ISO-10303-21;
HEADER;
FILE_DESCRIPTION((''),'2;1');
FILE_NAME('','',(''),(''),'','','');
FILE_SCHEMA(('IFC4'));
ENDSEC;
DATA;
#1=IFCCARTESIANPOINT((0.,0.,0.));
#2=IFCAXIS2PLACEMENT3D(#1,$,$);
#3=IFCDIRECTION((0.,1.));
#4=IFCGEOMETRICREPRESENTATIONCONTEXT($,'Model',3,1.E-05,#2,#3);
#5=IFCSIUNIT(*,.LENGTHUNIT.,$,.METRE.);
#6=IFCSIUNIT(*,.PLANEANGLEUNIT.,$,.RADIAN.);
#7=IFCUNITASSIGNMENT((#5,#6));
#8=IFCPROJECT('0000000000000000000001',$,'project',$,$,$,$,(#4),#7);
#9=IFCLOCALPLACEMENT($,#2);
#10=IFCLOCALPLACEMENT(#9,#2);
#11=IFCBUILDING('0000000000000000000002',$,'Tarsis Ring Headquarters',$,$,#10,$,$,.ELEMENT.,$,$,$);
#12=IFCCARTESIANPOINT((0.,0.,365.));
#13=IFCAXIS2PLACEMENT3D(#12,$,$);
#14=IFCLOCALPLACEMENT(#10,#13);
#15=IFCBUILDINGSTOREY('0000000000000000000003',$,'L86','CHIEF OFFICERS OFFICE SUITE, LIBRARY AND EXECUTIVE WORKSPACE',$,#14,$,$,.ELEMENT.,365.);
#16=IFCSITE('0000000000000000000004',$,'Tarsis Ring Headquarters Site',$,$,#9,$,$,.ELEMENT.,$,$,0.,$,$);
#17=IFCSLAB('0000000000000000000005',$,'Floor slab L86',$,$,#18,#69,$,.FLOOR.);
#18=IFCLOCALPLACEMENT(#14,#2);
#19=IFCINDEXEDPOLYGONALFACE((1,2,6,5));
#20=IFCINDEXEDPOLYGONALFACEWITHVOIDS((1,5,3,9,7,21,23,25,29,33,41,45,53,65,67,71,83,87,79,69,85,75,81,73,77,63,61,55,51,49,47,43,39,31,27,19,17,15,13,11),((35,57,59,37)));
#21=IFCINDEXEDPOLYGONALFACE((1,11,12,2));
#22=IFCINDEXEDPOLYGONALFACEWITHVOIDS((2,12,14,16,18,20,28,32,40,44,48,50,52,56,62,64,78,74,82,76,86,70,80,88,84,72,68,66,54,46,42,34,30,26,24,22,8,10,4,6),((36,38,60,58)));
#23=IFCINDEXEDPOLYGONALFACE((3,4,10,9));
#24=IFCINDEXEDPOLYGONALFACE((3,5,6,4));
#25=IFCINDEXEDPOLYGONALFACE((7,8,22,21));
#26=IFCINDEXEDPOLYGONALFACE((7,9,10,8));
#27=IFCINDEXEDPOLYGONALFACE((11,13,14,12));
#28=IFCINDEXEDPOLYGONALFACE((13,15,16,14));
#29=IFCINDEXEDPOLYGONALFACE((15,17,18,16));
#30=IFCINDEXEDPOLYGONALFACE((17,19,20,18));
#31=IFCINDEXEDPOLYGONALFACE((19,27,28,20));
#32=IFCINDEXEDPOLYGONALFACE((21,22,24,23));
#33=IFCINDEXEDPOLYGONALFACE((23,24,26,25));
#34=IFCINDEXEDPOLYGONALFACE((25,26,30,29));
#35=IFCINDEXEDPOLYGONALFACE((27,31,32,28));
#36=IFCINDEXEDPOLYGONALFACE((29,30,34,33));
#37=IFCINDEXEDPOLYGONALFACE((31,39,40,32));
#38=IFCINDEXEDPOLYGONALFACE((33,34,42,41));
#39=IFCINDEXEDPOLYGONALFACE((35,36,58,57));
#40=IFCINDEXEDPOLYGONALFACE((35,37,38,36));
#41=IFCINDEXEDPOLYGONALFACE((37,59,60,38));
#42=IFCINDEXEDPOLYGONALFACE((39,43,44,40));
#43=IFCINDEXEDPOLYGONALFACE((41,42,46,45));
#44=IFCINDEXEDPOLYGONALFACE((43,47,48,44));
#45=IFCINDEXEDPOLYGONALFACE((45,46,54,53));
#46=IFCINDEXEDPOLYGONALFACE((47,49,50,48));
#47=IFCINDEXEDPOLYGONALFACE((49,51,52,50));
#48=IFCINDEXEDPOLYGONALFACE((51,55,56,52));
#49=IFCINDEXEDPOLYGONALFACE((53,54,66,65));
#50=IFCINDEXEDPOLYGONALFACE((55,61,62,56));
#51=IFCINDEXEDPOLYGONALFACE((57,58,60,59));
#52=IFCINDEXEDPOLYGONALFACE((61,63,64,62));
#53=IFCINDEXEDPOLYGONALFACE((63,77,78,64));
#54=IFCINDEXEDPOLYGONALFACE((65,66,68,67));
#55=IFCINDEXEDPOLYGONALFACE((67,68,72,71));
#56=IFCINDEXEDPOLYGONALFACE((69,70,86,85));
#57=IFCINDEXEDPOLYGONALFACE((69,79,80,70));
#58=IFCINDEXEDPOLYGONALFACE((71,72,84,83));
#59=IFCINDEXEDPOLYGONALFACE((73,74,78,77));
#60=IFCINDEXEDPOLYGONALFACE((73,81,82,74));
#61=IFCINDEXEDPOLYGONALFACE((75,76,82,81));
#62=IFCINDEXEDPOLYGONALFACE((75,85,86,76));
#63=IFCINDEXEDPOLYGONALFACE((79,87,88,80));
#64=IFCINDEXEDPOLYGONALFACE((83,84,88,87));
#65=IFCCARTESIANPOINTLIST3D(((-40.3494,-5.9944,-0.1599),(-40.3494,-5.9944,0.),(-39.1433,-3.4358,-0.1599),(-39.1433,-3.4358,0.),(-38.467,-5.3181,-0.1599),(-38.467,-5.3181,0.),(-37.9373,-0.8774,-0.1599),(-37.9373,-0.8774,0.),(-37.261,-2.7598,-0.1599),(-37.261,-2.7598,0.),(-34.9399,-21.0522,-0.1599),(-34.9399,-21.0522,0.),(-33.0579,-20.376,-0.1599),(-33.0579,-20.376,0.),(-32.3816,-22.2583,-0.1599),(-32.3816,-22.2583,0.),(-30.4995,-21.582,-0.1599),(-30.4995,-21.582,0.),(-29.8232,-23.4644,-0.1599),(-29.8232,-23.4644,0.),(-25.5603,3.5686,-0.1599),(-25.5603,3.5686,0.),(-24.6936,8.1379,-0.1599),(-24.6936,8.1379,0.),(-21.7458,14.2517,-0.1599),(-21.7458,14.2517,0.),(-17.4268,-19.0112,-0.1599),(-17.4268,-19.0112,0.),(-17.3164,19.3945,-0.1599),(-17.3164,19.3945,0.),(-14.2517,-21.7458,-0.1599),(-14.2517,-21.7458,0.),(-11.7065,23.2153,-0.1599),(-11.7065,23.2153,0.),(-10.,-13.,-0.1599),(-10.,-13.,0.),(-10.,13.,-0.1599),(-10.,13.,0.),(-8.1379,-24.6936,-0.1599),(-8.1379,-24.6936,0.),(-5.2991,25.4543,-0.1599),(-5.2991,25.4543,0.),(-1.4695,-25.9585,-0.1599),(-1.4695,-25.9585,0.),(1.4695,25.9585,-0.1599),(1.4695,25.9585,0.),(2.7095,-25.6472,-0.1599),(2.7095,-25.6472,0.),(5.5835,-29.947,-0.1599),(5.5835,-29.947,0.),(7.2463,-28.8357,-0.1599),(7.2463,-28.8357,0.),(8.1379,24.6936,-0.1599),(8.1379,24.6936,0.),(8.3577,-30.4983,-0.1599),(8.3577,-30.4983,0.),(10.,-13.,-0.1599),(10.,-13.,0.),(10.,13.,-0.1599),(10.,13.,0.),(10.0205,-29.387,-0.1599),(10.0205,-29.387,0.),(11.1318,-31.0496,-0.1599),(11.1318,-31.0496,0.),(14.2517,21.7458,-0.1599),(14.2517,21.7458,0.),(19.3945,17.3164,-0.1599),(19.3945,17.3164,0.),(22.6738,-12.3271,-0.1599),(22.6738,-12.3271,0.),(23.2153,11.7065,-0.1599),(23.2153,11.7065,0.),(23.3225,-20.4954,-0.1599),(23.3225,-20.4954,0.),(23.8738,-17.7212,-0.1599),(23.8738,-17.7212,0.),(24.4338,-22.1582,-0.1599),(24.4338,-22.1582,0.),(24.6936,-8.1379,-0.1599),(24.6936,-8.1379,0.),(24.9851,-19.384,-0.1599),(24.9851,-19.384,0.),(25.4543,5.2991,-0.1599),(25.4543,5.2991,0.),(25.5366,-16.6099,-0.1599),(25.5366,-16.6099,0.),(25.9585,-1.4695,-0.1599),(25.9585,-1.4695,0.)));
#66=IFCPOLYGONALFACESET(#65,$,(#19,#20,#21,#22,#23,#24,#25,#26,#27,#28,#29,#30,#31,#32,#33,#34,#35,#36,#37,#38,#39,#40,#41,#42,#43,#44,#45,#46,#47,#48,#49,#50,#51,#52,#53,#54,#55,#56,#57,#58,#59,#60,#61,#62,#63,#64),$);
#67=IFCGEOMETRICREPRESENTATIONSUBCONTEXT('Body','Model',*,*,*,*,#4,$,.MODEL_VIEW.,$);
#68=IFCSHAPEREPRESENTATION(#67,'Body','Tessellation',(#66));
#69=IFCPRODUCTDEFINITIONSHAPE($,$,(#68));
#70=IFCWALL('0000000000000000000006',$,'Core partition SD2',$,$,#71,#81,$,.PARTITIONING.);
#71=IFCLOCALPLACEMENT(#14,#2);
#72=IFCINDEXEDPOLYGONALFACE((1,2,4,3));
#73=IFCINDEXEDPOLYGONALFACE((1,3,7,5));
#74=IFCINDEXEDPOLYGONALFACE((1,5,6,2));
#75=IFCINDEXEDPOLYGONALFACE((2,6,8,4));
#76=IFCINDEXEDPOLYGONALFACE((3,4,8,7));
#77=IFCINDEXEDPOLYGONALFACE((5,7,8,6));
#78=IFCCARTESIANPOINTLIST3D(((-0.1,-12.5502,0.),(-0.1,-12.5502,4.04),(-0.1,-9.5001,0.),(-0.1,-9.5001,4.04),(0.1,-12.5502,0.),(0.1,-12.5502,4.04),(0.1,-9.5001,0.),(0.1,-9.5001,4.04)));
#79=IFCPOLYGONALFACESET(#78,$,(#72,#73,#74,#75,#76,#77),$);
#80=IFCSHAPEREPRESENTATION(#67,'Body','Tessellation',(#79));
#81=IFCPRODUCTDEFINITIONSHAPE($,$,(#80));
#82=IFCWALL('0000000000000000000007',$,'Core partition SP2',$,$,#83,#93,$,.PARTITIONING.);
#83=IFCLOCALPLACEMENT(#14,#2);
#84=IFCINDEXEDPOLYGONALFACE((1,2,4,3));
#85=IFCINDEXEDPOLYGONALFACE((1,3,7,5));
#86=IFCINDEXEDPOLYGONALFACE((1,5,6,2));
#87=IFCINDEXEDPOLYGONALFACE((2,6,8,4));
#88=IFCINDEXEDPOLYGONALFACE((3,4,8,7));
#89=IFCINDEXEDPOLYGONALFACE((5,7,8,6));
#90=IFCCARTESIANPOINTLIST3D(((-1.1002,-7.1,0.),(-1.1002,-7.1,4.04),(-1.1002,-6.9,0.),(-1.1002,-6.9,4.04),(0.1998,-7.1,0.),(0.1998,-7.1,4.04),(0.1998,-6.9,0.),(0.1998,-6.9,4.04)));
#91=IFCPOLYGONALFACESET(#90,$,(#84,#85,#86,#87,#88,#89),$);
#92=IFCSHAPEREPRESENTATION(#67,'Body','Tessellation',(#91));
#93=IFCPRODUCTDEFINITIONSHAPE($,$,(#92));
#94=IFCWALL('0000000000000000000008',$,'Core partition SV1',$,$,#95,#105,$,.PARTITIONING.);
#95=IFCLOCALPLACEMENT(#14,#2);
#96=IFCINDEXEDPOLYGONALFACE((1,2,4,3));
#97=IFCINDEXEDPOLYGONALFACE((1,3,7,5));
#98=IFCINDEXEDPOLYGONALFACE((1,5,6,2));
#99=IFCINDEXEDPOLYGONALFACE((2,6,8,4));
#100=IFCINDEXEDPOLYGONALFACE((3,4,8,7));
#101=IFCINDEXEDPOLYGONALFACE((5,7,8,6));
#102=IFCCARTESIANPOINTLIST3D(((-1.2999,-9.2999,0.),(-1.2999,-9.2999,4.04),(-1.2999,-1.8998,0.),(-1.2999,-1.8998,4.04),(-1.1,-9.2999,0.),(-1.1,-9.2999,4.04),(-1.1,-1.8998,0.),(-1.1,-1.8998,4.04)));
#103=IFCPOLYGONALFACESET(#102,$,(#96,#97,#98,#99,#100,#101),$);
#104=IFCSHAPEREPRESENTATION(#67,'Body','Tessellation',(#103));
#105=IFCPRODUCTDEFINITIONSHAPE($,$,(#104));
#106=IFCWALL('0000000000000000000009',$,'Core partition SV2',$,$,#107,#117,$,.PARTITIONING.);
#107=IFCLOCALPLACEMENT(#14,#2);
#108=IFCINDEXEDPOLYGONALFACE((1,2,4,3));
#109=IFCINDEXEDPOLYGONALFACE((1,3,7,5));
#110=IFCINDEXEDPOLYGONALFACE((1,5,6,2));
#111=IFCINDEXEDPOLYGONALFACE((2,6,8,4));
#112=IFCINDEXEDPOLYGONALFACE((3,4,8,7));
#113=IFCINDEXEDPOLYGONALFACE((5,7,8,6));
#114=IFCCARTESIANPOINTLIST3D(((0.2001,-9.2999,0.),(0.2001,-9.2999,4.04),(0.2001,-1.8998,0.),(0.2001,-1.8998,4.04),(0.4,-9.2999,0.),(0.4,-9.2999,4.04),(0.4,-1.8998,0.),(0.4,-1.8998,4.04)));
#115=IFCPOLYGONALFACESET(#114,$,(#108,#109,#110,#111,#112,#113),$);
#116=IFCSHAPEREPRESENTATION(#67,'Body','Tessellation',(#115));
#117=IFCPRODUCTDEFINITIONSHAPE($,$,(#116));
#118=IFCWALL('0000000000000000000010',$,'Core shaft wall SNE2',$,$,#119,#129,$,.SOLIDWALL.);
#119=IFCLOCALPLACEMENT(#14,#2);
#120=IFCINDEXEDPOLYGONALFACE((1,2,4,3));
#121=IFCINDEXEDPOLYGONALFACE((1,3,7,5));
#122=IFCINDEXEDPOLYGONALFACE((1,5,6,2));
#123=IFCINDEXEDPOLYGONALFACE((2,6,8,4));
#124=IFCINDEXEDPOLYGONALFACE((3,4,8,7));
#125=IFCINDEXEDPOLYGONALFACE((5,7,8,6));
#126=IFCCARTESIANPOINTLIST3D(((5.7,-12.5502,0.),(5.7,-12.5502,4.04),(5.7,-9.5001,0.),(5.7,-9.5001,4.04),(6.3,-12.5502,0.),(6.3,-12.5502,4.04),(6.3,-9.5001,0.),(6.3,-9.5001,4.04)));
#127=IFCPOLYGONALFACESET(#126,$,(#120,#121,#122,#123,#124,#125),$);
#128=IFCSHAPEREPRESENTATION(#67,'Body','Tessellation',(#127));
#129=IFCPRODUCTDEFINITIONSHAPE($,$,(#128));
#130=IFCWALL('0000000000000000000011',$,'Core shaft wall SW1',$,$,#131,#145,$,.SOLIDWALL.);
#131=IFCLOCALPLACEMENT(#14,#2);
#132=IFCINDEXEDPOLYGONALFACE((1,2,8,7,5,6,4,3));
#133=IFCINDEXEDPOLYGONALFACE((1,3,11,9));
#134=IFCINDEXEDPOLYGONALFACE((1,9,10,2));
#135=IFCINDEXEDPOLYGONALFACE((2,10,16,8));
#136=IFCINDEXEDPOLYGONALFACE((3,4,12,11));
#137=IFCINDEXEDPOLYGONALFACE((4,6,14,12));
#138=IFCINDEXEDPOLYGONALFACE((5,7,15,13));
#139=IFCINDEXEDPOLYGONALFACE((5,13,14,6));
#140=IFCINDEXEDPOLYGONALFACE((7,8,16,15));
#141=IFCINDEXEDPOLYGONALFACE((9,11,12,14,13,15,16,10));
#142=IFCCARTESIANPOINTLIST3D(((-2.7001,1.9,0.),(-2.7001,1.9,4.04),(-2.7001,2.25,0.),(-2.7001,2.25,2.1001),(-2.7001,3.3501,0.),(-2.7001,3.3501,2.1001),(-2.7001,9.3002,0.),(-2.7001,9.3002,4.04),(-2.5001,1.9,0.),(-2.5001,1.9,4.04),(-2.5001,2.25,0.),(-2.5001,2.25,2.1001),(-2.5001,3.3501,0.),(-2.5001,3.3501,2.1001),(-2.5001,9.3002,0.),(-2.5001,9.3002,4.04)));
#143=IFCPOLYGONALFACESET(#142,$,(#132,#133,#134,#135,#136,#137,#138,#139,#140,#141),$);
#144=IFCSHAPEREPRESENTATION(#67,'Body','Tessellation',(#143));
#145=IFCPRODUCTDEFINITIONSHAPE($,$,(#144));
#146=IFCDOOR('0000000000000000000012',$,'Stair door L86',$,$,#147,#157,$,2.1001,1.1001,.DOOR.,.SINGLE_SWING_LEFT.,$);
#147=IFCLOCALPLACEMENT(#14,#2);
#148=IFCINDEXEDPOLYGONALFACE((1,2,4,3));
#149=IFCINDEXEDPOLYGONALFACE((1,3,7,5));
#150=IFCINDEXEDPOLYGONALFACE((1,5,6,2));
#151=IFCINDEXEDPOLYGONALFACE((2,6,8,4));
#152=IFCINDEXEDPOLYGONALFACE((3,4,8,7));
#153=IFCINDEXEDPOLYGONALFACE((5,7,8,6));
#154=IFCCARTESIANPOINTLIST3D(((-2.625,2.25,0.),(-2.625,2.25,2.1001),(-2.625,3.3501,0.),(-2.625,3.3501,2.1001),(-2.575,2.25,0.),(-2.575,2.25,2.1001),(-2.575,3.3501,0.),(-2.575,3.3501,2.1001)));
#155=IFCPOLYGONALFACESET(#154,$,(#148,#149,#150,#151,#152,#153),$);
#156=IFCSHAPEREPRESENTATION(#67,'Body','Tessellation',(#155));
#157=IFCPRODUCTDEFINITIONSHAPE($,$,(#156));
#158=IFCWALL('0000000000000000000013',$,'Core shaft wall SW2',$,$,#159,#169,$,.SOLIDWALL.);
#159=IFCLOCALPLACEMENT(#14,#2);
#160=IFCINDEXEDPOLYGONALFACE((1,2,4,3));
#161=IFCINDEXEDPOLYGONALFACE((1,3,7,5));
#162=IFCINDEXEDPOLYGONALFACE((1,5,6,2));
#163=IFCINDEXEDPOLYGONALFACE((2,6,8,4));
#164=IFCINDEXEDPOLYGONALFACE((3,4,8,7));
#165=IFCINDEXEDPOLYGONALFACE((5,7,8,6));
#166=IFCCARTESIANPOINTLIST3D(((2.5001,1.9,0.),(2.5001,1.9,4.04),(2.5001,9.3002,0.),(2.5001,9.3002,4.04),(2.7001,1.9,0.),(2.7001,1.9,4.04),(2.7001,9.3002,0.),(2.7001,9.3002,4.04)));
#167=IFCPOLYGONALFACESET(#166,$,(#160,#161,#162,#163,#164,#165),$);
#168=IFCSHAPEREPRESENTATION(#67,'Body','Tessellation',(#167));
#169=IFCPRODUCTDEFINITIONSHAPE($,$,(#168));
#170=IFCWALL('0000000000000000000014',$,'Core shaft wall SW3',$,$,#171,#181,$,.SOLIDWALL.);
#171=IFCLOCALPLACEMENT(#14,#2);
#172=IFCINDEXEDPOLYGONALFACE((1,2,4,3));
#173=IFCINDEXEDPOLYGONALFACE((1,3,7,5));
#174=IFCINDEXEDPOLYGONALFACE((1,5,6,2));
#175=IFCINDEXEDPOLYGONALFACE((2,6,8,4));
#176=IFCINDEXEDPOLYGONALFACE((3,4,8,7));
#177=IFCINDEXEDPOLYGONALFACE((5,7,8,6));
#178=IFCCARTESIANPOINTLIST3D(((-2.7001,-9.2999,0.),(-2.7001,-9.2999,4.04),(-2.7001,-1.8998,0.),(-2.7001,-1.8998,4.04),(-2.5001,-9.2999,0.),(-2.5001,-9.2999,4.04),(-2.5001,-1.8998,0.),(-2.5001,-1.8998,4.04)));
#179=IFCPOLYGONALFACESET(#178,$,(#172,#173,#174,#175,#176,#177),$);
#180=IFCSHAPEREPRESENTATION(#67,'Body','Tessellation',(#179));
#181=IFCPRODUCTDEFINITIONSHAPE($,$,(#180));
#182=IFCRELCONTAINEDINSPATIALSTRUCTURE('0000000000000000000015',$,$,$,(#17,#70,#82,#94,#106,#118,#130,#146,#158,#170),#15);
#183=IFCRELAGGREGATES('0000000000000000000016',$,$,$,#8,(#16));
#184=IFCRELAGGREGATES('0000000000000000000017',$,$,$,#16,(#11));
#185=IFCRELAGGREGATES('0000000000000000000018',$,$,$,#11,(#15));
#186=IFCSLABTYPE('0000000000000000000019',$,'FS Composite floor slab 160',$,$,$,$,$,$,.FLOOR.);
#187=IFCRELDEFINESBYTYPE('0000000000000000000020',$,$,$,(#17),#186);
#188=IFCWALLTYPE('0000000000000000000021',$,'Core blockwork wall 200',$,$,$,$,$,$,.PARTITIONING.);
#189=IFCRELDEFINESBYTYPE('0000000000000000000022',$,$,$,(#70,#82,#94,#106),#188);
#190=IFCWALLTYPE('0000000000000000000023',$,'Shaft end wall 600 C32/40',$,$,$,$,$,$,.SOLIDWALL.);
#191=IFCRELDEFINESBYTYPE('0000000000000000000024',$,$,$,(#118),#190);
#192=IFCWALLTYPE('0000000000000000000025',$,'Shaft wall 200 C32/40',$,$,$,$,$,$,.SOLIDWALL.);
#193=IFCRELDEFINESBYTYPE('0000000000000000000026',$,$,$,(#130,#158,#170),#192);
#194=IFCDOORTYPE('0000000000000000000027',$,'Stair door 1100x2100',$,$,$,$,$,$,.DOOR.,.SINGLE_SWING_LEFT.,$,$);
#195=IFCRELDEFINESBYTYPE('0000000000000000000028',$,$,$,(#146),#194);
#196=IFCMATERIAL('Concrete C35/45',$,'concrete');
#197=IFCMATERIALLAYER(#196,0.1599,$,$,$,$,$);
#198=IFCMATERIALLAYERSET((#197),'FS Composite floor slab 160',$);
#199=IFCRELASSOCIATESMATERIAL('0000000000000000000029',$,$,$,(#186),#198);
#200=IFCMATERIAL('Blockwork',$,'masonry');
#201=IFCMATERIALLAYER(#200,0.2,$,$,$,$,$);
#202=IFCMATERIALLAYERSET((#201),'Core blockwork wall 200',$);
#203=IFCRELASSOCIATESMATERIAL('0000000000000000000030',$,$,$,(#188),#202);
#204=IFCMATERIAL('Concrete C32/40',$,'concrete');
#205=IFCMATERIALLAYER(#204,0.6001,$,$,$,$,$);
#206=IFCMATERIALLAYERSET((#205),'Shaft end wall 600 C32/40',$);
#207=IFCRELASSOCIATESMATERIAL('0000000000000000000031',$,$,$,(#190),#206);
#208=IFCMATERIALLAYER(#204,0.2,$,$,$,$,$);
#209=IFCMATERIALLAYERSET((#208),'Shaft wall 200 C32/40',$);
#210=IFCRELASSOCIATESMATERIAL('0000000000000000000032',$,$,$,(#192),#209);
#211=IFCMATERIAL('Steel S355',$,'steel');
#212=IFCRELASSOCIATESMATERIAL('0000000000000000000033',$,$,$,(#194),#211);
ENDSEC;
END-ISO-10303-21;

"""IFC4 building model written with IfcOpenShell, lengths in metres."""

from ifc_helpers import new_model, si_unit, direction, frame, frame_2d, origin, place, context, subcontext, project, spatial, polyline, rectangle, outline, extrude, material, layer, layer_set, type_object, element, fill, save


model = new_model("IFC4")

# Units and contexts
model_context = context("Model", 3, precision=1e-05, world=origin(), true_north=direction((0.0, 1.0)))
body_context = subcontext(model_context, "Body", "Model", "MODEL_VIEW")
ifc_project = project(units=[si_unit("LENGTHUNIT", "METRE"), si_unit("PLANEANGLEUNIT", "RADIAN")], contexts=[model_context])

# Site, building, storey
site_placement = place(None, origin())
site = spatial("IfcSite", under=ifc_project, at=site_placement, Name="Tarsis Ring Headquarters Site", CompositionType="ELEMENT", RefElevation=0.0)
building_placement = place(site_placement, origin())
building = spatial("IfcBuilding", under=site, at=building_placement, Name="Tarsis Ring Headquarters", CompositionType="ELEMENT")
storey_placement = place(building_placement, frame((0.0, 0.0, 365.0)))
storey = spatial("IfcBuildingStorey", under=building, at=storey_placement, Name="L86", Description="CHIEF OFFICERS OFFICE SUITE, LIBRARY AND EXECUTIVE WORKSPACE", CompositionType="ELEMENT", Elevation=365.0)

# Slab
ifc_material_1 = material(Name="Concrete C35/45", Category="concrete")
ifc_layer_1 = layer(ifc_material_1, 0.1599)
ifc_layer_set_1 = layer_set([ifc_layer_1], Name="FS Composite floor slab 160")
slab_type_1 = type_object("IfcSlabType", Name="FS Composite floor slab 160", PredefinedType="FLOOR", material=ifc_layer_set_1)
slab_1_placement = place(storey_placement, frame((0.0, 0.0, -0.1599)))
element("IfcSlab", 1, at=slab_1_placement, inside=storey, type_object=slab_type_1, Name="Floor slab L86", PredefinedType="FLOOR", context=body_context, shape_type="SweptSolid", body=[
    extrude(outline(polyline([(-17.4268, -19.0112), (-14.2517, -21.7458), (-8.1379, -24.6936), (-1.4695, -25.9585), (2.7095, -25.6472), (5.5835, -29.947), (7.2463, -28.8357), (8.3577, -30.4983), (10.0205, -29.387), (11.1318, -31.0496), (24.4338, -22.1582), (23.3225, -20.4954), (24.9851, -19.384), (23.8738, -17.7212), (25.5366, -16.6099), (22.6738, -12.3271), (24.6936, -8.1379), (25.9585, -1.4695), (25.4543, 5.2991), (23.2153, 11.7065), (19.3945, 17.3164), (14.2517, 21.7458), (8.1379, 24.6936), (1.4695, 25.9585), (-5.2991, 25.4543), (-11.7065, 23.2153), (-17.3164, 19.3945), (-21.7458, 14.2517), (-24.6936, 8.1379), (-25.5603, 3.5686), (-37.9373, -0.8774), (-37.261, -2.7598), (-39.1433, -3.4358), (-38.467, -5.3181), (-40.3494, -5.9944), (-34.9399, -21.0522), (-33.0579, -20.376), (-32.3816, -22.2583), (-30.4995, -21.582), (-29.8232, -23.4644), (-17.4268, -19.0112)]), holes=[polyline([(-10.0, -13.0), (-10.0, 13.0), (10.0, 13.0), (10.0, -13.0), (-10.0, -13.0)])]), origin(), (0.0, 0.0, 1.0), 0.1599),
])

# Walls
ifc_material_2 = material(Name="Blockwork", Category="masonry")
ifc_layer_2 = layer(ifc_material_2, 0.2)
ifc_layer_set_2 = layer_set([ifc_layer_2], Name="Core blockwork wall 200")
wall_type_1 = type_object("IfcWallType", Name="Core blockwork wall 200", PredefinedType="PARTITIONING", material=ifc_layer_set_2)
wall_1_placement = place(storey_placement, frame((0.0, -12.55, 0.0), z_axis=(0.0, 0.0, 1.0), x_axis=(0.0, 1.0, 0.0)))
element("IfcWall", 2, at=wall_1_placement, inside=storey, type_object=wall_type_1, Name="Core partition SD2", PredefinedType="PARTITIONING", context=body_context, shape_type="SweptSolid", body=[
    extrude(rectangle(XDim=3.05, YDim=0.2, at=frame_2d((1.5249, 0.0))), origin(), (0.0, 0.0, 1.0), 4.04),
])
wall_2_placement = place(storey_placement, frame((-1.1001, -7.0, 0.0), z_axis=(0.0, 0.0, 1.0), x_axis=(1.0, 0.0, 0.0)))
element("IfcWall", 3, at=wall_2_placement, inside=storey, type_object=wall_type_1, Name="Core partition SP2", PredefinedType="PARTITIONING", context=body_context, shape_type="SweptSolid", body=[
    extrude(rectangle(XDim=1.3, YDim=0.2, at=frame_2d((0.6499, 0.0))), origin(), (0.0, 0.0, 1.0), 4.04),
])
for number, where, z_axis, x_axis, name in (
    (4, (-1.2, -9.3, 0.0), (0.0, 0.0, 1.0), (0.0, 1.0, 0.0), "Core partition SV1"),
    (5, (0.3, -9.3, 0.0), (0.0, 0.0, 1.0), (0.0, 1.0, 0.0), "Core partition SV2"),
):
    element("IfcWall", number, at=place(storey_placement, frame(where, z_axis=z_axis, x_axis=x_axis)), inside=storey, type_object=wall_type_1, Name=name, PredefinedType="PARTITIONING", context=body_context, shape_type="SweptSolid", body=[
        extrude(rectangle(XDim=7.4001, YDim=0.2, at=frame_2d((3.7002, 0.0))), origin(), (0.0, 0.0, 1.0), 4.04),
    ])
ifc_material_3 = material(Name="Concrete C32/40", Category="concrete")
ifc_layer_3 = layer(ifc_material_3, 0.6001)
ifc_layer_set_3 = layer_set([ifc_layer_3], Name="Shaft end wall 600 C32/40")
wall_type_2 = type_object("IfcWallType", Name="Shaft end wall 600 C32/40", PredefinedType="SOLIDWALL", material=ifc_layer_set_3)
wall_3_placement = place(storey_placement, frame((6.0, -12.55, 0.0), z_axis=(0.0, 0.0, 1.0), x_axis=(0.0, 1.0, 0.0)))
element("IfcWall", 6, at=wall_3_placement, inside=storey, type_object=wall_type_2, Name="Core shaft wall SNE2", PredefinedType="SOLIDWALL", context=body_context, shape_type="SweptSolid", body=[
    extrude(rectangle(XDim=3.05, YDim=0.6001, at=frame_2d((1.5249, 0.0))), origin(), (0.0, 0.0, 1.0), 4.04),
])

# Wall, opening, door
ifc_layer_4 = layer(ifc_material_3, 0.2)
ifc_layer_set_4 = layer_set([ifc_layer_4], Name="Shaft wall 200 C32/40")
wall_type_3 = type_object("IfcWallType", Name="Shaft wall 200 C32/40", PredefinedType="SOLIDWALL", material=ifc_layer_set_4)
wall_4_placement = place(storey_placement, frame((-2.6001, 1.8999, 0.0), z_axis=(0.0, 0.0, 1.0), x_axis=(0.0, 1.0, 0.0)))
wall_4 = element("IfcWall", 7, at=wall_4_placement, inside=storey, type_object=wall_type_3, Name="Core shaft wall SW1", PredefinedType="SOLIDWALL", context=body_context, shape_type="SweptSolid", body=[
    extrude(rectangle(XDim=7.4001, YDim=0.2, at=frame_2d((3.7002, 0.0))), origin(), (0.0, 0.0, 1.0), 4.04),
])
opening_placement = place(wall_4_placement, frame((0.3501, 0.0, 0.0)))
opening = element("IfcOpeningElement", 8, at=opening_placement, cuts=wall_4, PredefinedType="OPENING", context=body_context, shape_type="SweptSolid", body=[
    extrude(rectangle(XDim=1.1001, YDim=2.1001, at=frame_2d((0.55, 1.05))), frame((0.0, 0.1099, 0.0), z_axis=(0.0, -1.0, 0.0), x_axis=(1.0, 0.0, 0.0)), (0.0, 0.0, 1.0), 0.22),
])
ifc_material_4 = material(Name="Steel S355", Category="steel")
door_type = type_object("IfcDoorType", Name="Stair door 1100x2100", OperationType="SINGLE_SWING_LEFT", PredefinedType="DOOR", material=ifc_material_4)
door_placement = place(opening_placement, origin())
door = element("IfcDoor", 9, at=door_placement, inside=storey, type_object=door_type, Name="Stair door L86", OperationType="SINGLE_SWING_LEFT", OverallHeight=2.1001, OverallWidth=1.1001, PredefinedType="DOOR", context=body_context, shape_type="SweptSolid", body=[
    extrude(rectangle(XDim=1.1001, YDim=2.1001, at=frame_2d((0.55, 1.05))), frame((0.0, 0.0249, 0.0), z_axis=(0.0, -1.0, 0.0), x_axis=(1.0, 0.0, 0.0)), (0.0, 0.0, 1.0), 0.05),
])
fill(opening, door)

# Walls
for number, where, z_axis, x_axis, name in (
    (10, (2.6001, 1.8999, 0.0), (0.0, 0.0, 1.0), (0.0, 1.0, 0.0), "Core shaft wall SW2"),
    (11, (-2.6001, -9.3, 0.0), (0.0, 0.0, 1.0), (0.0, 1.0, 0.0), "Core shaft wall SW3"),
):
    element("IfcWall", number, at=place(storey_placement, frame(where, z_axis=z_axis, x_axis=x_axis)), inside=storey, type_object=wall_type_3, Name=name, PredefinedType="SOLIDWALL", context=body_context, shape_type="SweptSolid", body=[
        extrude(rectangle(XDim=7.4001, YDim=0.2, at=frame_2d((3.7002, 0.0))), origin(), (0.0, 0.0, 1.0), 4.04),
    ])

save(model, "model.ifc")
